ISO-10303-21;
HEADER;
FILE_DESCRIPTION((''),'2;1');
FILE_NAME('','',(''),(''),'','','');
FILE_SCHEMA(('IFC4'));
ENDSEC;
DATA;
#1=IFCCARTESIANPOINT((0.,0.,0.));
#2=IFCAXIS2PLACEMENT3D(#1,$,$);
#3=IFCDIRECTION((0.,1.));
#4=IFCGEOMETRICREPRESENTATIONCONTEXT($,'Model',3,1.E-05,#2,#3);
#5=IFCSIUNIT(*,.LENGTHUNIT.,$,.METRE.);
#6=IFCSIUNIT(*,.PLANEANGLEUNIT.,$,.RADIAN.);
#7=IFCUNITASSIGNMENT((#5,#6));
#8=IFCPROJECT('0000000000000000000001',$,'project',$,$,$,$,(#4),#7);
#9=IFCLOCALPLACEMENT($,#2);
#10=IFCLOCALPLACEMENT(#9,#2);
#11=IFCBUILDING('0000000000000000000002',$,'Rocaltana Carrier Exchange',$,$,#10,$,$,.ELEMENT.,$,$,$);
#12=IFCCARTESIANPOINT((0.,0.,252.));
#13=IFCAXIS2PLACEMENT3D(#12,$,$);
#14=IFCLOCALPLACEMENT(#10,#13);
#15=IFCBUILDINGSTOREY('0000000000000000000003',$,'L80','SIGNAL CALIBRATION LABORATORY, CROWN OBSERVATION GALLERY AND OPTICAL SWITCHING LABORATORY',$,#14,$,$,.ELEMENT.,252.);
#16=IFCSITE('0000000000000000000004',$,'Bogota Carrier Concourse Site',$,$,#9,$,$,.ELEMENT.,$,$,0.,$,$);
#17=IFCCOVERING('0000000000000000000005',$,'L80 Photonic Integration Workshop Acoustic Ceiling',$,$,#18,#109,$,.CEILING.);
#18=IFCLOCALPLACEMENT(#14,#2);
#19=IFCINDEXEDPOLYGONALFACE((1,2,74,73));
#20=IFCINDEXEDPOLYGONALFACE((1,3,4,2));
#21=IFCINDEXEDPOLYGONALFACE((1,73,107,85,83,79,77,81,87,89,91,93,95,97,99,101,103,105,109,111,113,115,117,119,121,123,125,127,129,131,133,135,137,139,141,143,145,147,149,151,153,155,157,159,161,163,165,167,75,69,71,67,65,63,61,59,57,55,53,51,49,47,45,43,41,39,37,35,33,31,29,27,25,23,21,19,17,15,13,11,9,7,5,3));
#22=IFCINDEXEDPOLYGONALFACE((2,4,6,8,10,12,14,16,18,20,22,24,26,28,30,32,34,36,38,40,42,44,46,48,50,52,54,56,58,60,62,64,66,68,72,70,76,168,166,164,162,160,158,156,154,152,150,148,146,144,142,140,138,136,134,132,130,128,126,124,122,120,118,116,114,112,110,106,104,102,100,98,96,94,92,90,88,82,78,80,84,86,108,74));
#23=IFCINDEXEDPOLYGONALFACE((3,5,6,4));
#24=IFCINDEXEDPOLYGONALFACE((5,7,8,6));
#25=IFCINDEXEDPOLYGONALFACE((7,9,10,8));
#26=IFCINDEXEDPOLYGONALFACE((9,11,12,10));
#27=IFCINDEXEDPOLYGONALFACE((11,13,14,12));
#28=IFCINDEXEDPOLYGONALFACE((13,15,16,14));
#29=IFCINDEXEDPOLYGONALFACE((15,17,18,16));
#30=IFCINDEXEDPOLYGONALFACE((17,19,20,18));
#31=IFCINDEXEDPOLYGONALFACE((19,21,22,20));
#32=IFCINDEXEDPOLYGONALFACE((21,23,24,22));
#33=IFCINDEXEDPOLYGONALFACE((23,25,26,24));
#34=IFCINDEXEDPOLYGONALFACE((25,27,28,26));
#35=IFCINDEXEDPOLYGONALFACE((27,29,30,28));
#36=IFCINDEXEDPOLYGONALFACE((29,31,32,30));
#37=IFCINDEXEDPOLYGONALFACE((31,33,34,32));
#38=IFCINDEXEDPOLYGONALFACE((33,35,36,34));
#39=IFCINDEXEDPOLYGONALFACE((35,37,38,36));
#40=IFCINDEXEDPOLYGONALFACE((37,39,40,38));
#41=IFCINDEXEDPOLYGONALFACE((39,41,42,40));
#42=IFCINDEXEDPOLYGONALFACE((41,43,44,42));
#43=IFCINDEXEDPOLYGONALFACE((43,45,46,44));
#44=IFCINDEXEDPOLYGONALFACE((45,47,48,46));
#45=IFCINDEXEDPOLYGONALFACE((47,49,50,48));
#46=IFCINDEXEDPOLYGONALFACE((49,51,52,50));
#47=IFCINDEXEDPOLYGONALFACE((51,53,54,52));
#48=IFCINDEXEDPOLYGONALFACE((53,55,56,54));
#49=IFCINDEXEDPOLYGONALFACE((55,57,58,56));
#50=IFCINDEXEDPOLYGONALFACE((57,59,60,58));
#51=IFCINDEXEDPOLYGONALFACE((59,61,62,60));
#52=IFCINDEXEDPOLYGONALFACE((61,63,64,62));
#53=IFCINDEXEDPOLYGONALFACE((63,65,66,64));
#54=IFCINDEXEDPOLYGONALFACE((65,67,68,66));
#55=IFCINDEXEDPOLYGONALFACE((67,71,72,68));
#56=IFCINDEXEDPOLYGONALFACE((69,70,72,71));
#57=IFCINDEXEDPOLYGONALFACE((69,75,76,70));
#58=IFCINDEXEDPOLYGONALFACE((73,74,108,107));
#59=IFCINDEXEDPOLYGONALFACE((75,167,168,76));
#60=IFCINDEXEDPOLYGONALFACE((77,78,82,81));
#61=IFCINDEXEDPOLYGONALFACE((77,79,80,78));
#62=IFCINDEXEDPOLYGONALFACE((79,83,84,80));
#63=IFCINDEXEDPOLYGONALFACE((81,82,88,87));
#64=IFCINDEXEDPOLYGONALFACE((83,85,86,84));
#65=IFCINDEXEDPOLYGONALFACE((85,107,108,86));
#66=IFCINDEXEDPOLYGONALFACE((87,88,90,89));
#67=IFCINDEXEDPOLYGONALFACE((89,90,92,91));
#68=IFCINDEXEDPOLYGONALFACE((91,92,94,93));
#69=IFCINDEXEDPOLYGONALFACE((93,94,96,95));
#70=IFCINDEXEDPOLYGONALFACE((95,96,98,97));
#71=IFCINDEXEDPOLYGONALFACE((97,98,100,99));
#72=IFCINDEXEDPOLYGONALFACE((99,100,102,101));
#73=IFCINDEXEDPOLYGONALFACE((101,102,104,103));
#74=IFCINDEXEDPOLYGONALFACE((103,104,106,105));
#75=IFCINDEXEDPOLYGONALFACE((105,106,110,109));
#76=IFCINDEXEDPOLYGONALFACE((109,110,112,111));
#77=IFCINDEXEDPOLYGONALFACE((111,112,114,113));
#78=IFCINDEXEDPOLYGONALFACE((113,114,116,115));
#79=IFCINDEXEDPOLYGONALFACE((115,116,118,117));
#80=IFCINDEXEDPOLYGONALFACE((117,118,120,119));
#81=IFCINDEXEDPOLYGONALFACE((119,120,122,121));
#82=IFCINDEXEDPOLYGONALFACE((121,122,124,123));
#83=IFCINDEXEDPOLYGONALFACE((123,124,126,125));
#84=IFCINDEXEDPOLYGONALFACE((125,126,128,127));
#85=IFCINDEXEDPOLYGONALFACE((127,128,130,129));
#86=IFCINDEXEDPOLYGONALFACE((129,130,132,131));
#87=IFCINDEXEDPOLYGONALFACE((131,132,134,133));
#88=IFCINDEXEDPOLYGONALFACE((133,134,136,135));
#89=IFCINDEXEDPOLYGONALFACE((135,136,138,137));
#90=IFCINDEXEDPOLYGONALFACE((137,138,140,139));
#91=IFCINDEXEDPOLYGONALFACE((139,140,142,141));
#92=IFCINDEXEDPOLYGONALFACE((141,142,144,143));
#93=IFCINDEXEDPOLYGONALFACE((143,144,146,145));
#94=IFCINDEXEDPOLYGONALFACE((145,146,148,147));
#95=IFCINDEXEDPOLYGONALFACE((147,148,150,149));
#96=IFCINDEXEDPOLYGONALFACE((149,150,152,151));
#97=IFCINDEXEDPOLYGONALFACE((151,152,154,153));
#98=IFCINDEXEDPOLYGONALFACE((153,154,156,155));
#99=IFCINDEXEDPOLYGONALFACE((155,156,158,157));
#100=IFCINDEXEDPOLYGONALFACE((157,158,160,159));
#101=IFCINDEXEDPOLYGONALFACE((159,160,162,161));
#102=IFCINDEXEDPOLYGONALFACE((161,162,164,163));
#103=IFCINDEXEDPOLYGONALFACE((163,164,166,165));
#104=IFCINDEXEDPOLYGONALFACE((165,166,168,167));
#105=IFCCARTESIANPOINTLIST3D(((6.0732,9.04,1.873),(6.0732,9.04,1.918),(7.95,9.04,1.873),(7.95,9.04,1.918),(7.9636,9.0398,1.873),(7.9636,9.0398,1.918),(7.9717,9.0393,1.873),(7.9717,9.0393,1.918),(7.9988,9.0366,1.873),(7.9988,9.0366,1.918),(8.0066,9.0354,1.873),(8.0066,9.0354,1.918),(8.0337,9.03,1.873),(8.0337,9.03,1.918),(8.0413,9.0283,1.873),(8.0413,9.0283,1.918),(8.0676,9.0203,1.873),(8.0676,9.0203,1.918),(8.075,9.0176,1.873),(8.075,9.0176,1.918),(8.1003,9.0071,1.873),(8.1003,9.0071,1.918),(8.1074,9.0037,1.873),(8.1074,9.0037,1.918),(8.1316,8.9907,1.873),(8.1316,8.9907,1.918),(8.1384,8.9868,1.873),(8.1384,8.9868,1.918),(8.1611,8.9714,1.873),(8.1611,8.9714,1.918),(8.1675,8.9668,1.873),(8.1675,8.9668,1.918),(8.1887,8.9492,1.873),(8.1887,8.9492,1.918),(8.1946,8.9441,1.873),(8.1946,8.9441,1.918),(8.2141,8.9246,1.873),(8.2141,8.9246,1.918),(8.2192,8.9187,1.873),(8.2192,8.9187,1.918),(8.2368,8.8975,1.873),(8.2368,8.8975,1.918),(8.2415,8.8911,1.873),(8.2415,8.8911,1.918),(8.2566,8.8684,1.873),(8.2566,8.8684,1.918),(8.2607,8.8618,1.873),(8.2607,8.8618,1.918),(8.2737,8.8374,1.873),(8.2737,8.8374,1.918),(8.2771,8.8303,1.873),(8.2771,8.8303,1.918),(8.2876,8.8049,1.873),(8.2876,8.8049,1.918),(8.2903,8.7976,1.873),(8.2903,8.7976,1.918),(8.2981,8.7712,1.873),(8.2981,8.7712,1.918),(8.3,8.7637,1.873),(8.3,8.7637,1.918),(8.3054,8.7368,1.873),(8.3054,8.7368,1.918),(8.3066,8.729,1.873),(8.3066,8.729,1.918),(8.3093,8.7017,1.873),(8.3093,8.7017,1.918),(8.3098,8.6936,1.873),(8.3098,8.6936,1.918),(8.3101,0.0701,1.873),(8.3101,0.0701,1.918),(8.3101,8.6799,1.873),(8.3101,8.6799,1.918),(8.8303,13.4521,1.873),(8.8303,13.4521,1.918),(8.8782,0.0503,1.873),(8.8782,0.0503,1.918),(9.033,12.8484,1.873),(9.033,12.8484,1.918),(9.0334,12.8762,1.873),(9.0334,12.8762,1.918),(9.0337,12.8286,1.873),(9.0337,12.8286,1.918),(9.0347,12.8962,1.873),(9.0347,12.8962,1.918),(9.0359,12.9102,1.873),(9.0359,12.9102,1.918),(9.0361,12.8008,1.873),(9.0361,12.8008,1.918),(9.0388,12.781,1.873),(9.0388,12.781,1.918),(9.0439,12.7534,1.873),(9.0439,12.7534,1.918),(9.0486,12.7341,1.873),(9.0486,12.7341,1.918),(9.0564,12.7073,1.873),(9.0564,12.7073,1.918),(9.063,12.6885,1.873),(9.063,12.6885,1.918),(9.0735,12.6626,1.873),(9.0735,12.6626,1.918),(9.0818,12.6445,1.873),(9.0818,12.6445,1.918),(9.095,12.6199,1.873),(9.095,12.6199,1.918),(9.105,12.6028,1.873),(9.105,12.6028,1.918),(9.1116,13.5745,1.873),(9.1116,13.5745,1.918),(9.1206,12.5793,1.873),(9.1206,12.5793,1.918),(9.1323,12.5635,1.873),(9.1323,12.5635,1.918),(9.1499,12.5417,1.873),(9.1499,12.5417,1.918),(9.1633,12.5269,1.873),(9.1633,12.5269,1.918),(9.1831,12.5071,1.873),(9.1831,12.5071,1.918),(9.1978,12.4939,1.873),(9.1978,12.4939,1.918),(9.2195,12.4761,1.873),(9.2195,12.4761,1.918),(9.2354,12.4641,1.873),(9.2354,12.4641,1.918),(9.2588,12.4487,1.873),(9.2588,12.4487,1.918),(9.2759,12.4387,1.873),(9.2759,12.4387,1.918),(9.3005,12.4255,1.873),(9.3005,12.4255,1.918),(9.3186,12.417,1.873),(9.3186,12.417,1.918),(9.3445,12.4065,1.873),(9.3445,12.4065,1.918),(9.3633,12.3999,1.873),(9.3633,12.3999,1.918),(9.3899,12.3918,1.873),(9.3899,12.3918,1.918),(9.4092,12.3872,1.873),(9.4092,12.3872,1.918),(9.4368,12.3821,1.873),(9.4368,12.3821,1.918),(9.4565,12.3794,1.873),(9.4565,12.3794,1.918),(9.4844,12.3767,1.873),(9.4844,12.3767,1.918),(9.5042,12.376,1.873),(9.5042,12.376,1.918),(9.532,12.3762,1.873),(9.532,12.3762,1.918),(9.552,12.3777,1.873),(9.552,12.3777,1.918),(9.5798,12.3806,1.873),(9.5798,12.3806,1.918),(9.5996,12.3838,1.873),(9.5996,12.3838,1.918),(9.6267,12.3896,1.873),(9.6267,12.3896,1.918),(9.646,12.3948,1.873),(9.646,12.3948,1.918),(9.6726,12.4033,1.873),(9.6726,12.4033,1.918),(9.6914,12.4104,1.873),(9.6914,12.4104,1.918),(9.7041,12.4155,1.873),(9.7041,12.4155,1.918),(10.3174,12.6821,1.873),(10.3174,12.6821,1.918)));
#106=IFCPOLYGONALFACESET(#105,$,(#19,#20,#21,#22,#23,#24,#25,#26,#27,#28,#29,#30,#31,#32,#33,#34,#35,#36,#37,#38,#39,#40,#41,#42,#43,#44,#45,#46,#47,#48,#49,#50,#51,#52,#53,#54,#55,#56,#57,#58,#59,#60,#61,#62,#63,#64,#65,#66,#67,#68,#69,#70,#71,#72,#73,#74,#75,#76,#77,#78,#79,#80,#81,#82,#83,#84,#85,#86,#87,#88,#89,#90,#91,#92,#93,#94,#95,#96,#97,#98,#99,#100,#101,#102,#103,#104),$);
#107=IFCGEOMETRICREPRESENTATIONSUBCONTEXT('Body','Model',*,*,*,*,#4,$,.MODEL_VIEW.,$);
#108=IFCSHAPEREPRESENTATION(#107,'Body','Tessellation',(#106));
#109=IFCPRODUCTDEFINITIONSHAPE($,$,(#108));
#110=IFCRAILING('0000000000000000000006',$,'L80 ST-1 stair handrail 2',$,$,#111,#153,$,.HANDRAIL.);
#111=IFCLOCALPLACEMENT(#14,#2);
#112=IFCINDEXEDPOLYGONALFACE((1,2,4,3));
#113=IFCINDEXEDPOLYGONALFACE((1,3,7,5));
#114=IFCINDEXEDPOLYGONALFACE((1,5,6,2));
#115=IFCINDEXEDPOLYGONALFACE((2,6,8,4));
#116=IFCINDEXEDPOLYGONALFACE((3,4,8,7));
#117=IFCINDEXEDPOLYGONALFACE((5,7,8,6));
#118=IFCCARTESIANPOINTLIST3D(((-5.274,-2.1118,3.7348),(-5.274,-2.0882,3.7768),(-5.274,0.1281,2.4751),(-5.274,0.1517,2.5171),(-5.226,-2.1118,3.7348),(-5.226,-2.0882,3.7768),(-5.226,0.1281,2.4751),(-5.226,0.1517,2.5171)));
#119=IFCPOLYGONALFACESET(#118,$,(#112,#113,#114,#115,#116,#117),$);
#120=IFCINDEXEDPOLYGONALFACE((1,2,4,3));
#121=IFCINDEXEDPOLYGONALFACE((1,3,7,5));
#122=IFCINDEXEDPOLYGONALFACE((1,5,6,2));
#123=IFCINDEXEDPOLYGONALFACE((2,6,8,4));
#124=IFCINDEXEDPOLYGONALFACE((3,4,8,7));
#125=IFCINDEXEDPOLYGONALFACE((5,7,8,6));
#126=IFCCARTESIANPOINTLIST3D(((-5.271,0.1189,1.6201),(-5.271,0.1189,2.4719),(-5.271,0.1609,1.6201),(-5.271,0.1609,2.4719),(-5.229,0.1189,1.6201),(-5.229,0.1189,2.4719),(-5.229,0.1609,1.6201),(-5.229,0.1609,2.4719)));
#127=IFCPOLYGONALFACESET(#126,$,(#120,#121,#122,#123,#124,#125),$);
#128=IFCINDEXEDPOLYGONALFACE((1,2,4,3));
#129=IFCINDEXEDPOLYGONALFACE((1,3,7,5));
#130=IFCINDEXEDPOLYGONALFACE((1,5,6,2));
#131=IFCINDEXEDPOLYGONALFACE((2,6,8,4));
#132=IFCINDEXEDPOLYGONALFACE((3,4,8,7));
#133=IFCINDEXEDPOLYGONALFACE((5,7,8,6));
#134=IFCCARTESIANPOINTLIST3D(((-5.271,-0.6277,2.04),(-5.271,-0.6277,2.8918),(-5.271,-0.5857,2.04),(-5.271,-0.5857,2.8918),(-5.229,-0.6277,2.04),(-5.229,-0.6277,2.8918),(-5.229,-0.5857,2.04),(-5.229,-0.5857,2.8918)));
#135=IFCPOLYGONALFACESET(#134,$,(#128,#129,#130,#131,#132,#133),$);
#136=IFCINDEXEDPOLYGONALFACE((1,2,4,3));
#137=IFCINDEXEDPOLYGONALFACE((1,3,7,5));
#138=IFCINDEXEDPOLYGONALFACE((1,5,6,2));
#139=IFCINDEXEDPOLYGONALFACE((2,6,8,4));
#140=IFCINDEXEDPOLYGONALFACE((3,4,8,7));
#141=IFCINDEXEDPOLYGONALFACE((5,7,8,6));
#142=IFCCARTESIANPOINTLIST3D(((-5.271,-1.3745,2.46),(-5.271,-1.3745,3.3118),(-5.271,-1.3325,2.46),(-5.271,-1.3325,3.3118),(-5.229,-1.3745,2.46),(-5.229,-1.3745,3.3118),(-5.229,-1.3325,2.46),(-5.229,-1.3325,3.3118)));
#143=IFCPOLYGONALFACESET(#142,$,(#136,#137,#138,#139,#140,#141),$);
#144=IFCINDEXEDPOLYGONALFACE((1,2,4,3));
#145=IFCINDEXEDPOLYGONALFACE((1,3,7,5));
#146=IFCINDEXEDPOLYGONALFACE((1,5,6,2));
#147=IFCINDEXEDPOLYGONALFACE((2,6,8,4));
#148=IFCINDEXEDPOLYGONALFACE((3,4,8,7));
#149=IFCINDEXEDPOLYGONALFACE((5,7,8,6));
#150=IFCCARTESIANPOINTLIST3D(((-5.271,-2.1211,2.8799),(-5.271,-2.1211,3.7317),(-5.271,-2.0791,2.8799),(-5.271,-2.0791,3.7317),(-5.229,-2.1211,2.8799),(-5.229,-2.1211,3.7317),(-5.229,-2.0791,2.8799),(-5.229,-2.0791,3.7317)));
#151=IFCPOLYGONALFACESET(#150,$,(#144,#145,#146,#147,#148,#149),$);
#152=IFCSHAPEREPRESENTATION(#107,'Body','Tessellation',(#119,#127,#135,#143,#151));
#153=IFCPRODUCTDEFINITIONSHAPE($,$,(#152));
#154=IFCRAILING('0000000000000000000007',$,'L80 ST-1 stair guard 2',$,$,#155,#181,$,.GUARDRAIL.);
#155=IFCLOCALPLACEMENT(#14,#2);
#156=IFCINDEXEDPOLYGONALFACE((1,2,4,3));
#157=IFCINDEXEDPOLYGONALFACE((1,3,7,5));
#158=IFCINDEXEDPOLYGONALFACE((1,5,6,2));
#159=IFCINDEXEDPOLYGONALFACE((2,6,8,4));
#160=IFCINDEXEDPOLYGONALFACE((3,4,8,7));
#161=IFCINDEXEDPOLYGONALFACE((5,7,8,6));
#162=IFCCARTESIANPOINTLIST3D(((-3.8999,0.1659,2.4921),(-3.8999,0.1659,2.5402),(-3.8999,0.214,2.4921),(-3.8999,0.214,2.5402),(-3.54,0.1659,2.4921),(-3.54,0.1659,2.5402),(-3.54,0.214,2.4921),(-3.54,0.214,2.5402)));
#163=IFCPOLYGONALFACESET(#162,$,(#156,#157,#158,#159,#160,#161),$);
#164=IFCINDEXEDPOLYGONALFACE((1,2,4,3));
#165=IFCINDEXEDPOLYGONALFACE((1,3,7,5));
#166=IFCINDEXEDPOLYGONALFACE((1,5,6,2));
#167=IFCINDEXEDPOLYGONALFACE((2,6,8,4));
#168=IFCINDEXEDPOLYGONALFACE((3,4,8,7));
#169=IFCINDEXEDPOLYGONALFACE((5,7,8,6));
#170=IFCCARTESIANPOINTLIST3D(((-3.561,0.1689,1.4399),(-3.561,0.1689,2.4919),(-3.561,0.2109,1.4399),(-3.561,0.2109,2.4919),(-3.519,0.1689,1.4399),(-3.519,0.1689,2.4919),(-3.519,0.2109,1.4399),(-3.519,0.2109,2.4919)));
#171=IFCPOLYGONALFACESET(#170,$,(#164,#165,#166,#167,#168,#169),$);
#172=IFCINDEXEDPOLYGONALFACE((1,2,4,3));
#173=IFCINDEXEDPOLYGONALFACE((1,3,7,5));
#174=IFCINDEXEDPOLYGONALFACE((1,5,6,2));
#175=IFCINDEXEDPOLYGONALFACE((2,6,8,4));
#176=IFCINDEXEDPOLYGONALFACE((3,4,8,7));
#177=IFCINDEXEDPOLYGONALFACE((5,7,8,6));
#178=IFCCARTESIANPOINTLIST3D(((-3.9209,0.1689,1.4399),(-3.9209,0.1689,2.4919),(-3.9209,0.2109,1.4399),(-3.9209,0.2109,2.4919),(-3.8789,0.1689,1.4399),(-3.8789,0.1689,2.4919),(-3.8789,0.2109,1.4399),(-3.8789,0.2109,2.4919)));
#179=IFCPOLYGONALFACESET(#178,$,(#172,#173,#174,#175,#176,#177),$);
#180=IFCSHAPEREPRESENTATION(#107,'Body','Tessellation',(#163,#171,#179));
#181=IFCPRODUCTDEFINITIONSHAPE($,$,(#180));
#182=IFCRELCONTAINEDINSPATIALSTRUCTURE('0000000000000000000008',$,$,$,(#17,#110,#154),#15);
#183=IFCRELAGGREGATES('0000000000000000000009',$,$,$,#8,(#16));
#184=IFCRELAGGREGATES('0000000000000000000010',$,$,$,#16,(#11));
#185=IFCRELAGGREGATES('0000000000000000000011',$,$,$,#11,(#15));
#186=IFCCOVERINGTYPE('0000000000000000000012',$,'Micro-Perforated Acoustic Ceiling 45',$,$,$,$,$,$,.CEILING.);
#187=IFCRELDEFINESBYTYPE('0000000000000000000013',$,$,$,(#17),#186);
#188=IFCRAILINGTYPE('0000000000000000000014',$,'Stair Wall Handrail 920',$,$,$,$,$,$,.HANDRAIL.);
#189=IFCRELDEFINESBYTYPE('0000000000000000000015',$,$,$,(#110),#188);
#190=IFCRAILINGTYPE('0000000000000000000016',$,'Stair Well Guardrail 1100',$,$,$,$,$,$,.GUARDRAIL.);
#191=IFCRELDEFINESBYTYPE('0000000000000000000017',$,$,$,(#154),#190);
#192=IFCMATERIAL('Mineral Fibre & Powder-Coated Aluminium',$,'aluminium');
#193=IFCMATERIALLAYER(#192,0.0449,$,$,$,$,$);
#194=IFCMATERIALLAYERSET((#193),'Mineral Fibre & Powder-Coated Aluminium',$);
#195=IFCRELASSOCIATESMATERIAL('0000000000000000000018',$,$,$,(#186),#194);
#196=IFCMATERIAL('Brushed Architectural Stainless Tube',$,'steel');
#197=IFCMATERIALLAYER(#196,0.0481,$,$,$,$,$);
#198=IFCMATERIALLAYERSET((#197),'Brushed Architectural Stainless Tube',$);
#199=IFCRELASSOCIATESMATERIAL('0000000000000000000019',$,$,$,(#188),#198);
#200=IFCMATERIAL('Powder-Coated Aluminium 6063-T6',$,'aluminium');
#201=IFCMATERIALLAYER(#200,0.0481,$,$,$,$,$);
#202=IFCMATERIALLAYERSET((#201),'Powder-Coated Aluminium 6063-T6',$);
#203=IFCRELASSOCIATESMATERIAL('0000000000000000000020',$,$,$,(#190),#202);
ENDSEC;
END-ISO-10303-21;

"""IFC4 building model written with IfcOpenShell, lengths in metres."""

from ifc_helpers import new_model, si_unit, direction, frame, origin, origin_2d, place, context, subcontext, project, spatial, polyline, rectangle, outline, extrude, material, layer, layer_set, type_object, element, save


model = new_model("IFC4")

# Units and contexts
model_context = context("Model", 3, precision=1e-05, world=origin(), true_north=direction((0.0, 1.0)))
body_context = subcontext(model_context, "Body", "Model", "MODEL_VIEW")
ifc_project = project(units=[si_unit("LENGTHUNIT", "METRE"), si_unit("PLANEANGLEUNIT", "RADIAN")], contexts=[model_context])

# Site, building, storey
site_placement = place(None, origin())
site = spatial("IfcSite", under=ifc_project, at=site_placement, Name="Bogota Carrier Concourse Site", CompositionType="ELEMENT", RefElevation=0.0)
building_placement = place(site_placement, origin())
building = spatial("IfcBuilding", under=site, at=building_placement, Name="Rocaltana Carrier Exchange", CompositionType="ELEMENT")
storey_placement = place(building_placement, frame((0.0, 0.0, 252.0)))
storey = spatial("IfcBuildingStorey", under=building, at=storey_placement, Name="L80", Description="SIGNAL CALIBRATION LABORATORY, CROWN OBSERVATION GALLERY AND OPTICAL SWITCHING LABORATORY", CompositionType="ELEMENT", Elevation=252.0)

# Covering
ifc_material_1 = material(Name="Mineral Fibre & Powder-Coated Aluminium", Category="aluminium")
ifc_layer_1 = layer(ifc_material_1, 0.0449)
ifc_layer_set_1 = layer_set([ifc_layer_1], Name="Mineral Fibre & Powder-Coated Aluminium")
covering_type_1 = type_object("IfcCoveringType", Name="Micro-Perforated Acoustic Ceiling 45", PredefinedType="CEILING", material=ifc_layer_set_1)
covering_1_placement = place(storey_placement, frame((0.0, 0.0, 1.873)))
element("IfcCovering", 1, at=covering_1_placement, inside=storey, type_object=covering_type_1, Name="L80 Photonic Integration Workshop Acoustic Ceiling", PredefinedType="CEILING", context=body_context, shape_type="SweptSolid", body=[
    extrude(outline(polyline([(9.1116, 13.5745), (9.0359, 12.9102), (9.0347, 12.8962), (9.0334, 12.8762), (9.033, 12.8484), (9.0337, 12.8286), (9.0361, 12.8008), (9.0388, 12.781), (9.0439, 12.7534), (9.0486, 12.7341), (9.0564, 12.7073), (9.063, 12.6885), (9.0735, 12.6626), (9.0818, 12.6445), (9.095, 12.6199), (9.105, 12.6028), (9.1206, 12.5793), (9.1323, 12.5635), (9.1499, 12.5417), (9.1633, 12.5269), (9.1831, 12.5071), (9.1978, 12.4939), (9.2195, 12.4761), (9.2354, 12.4641), (9.2588, 12.4487), (9.2759, 12.4387), (9.3005, 12.4255), (9.3186, 12.417), (9.3445, 12.4065), (9.3633, 12.3999), (9.3899, 12.3918), (9.4092, 12.3872), (9.4368, 12.3821), (9.4565, 12.3794), (9.4844, 12.3767), (9.5042, 12.376), (9.532, 12.3762), (9.552, 12.3777), (9.5798, 12.3806), (9.5996, 12.3838), (9.6267, 12.3896), (9.646, 12.3948), (9.6726, 12.4033), (9.6914, 12.4104), (9.7041, 12.4155), (10.3174, 12.6821), (8.8782, 0.0503), (8.3101, 0.0701), (8.3101, 8.6799), (8.3098, 8.6936), (8.3093, 8.7017), (8.3066, 8.729), (8.3054, 8.7368), (8.3, 8.7637), (8.2981, 8.7712), (8.2903, 8.7976), (8.2876, 8.8049), (8.2771, 8.8303), (8.2737, 8.8374), (8.2607, 8.8618), (8.2566, 8.8684), (8.2415, 8.8911), (8.2368, 8.8975), (8.2192, 8.9187), (8.2141, 8.9246), (8.1946, 8.9441), (8.1887, 8.9492), (8.1675, 8.9668), (8.1611, 8.9714), (8.1384, 8.9868), (8.1316, 8.9907), (8.1074, 9.0037), (8.1003, 9.0071), (8.075, 9.0176), (8.0676, 9.0203), (8.0413, 9.0283), (8.0337, 9.03), (8.0066, 9.0354), (7.9988, 9.0366), (7.9717, 9.0393), (7.9636, 9.0398), (7.95, 9.04), (6.0732, 9.04), (8.8303, 13.4521), (9.1116, 13.5745)])), origin(), (0.0, 0.0, 1.0), 0.0449),
])

# Railings
ifc_material_2 = material(Name="Brushed Architectural Stainless Tube", Category="steel")
ifc_layer_2 = layer(ifc_material_2, 0.0481)
ifc_layer_set_2 = layer_set([ifc_layer_2], Name="Brushed Architectural Stainless Tube")
railing_type_1 = type_object("IfcRailingType", Name="Stair Wall Handrail 920", PredefinedType="HANDRAIL", material=ifc_layer_set_2)
railing_1_placement = place(storey_placement, frame((-5.25, 0.1399, 1.6201)))
element("IfcRailing", 2, at=railing_1_placement, inside=storey, type_object=railing_type_1, Name="L80 ST-1 stair handrail 2", PredefinedType="HANDRAIL", context=body_context, shape_type="SweptSolid", body=[
    extrude(rectangle(XDim=0.0481, YDim=0.0481, at=origin_2d()), frame((0.0, 0.0, 0.876), z_axis=(0.0, -0.871614, 0.490194), x_axis=(1.0, 0.0, 0.0)), (0.0, 0.0, 1.0), 2.5698),
    extrude(rectangle(XDim=0.042, YDim=0.042, at=origin_2d()), origin(), (0.0, 0.0, 1.0), 0.8518),
    extrude(rectangle(XDim=0.042, YDim=0.042, at=origin_2d()), frame((0.0, -0.7466, 0.4199)), (0.0, 0.0, 1.0), 0.8518),
    extrude(rectangle(XDim=0.042, YDim=0.042, at=origin_2d()), frame((0.0, -1.4934, 0.8398)), (0.0, 0.0, 1.0), 0.8518),
    extrude(rectangle(XDim=0.042, YDim=0.042, at=origin_2d()), frame((0.0, -2.24, 1.2598)), (0.0, 0.0, 1.0), 0.8518),
])
ifc_material_3 = material(Name="Powder-Coated Aluminium 6063-T6", Category="aluminium")
ifc_layer_3 = layer(ifc_material_3, 0.0481)
ifc_layer_set_3 = layer_set([ifc_layer_3], Name="Powder-Coated Aluminium 6063-T6")
railing_type_2 = type_object("IfcRailingType", Name="Stair Well Guardrail 1100", PredefinedType="GUARDRAIL", material=ifc_layer_set_3)
railing_2_placement = place(storey_placement, frame((-3.54, 0.1899, 1.4399)))
element("IfcRailing", 3, at=railing_2_placement, inside=storey, type_object=railing_type_2, Name="L80 ST-1 stair guard 2", PredefinedType="GUARDRAIL", context=body_context, shape_type="SweptSolid", body=[
    extrude(rectangle(XDim=0.0481, YDim=0.0481, at=origin_2d()), frame((0.0, 0.0, 1.0762), z_axis=(-1.0, 0.0, 0.0), x_axis=(0.0, -1.0, 0.0)), (0.0, 0.0, 1.0), 0.3599),
    extrude(rectangle(XDim=0.042, YDim=0.042, at=origin_2d()), origin(), (0.0, 0.0, 1.0), 1.052),
    extrude(rectangle(XDim=0.042, YDim=0.042, at=origin_2d()), frame((-0.3599, 0.0, 0.0)), (0.0, 0.0, 1.0), 1.052),
])

save(model, "model.ifc")
